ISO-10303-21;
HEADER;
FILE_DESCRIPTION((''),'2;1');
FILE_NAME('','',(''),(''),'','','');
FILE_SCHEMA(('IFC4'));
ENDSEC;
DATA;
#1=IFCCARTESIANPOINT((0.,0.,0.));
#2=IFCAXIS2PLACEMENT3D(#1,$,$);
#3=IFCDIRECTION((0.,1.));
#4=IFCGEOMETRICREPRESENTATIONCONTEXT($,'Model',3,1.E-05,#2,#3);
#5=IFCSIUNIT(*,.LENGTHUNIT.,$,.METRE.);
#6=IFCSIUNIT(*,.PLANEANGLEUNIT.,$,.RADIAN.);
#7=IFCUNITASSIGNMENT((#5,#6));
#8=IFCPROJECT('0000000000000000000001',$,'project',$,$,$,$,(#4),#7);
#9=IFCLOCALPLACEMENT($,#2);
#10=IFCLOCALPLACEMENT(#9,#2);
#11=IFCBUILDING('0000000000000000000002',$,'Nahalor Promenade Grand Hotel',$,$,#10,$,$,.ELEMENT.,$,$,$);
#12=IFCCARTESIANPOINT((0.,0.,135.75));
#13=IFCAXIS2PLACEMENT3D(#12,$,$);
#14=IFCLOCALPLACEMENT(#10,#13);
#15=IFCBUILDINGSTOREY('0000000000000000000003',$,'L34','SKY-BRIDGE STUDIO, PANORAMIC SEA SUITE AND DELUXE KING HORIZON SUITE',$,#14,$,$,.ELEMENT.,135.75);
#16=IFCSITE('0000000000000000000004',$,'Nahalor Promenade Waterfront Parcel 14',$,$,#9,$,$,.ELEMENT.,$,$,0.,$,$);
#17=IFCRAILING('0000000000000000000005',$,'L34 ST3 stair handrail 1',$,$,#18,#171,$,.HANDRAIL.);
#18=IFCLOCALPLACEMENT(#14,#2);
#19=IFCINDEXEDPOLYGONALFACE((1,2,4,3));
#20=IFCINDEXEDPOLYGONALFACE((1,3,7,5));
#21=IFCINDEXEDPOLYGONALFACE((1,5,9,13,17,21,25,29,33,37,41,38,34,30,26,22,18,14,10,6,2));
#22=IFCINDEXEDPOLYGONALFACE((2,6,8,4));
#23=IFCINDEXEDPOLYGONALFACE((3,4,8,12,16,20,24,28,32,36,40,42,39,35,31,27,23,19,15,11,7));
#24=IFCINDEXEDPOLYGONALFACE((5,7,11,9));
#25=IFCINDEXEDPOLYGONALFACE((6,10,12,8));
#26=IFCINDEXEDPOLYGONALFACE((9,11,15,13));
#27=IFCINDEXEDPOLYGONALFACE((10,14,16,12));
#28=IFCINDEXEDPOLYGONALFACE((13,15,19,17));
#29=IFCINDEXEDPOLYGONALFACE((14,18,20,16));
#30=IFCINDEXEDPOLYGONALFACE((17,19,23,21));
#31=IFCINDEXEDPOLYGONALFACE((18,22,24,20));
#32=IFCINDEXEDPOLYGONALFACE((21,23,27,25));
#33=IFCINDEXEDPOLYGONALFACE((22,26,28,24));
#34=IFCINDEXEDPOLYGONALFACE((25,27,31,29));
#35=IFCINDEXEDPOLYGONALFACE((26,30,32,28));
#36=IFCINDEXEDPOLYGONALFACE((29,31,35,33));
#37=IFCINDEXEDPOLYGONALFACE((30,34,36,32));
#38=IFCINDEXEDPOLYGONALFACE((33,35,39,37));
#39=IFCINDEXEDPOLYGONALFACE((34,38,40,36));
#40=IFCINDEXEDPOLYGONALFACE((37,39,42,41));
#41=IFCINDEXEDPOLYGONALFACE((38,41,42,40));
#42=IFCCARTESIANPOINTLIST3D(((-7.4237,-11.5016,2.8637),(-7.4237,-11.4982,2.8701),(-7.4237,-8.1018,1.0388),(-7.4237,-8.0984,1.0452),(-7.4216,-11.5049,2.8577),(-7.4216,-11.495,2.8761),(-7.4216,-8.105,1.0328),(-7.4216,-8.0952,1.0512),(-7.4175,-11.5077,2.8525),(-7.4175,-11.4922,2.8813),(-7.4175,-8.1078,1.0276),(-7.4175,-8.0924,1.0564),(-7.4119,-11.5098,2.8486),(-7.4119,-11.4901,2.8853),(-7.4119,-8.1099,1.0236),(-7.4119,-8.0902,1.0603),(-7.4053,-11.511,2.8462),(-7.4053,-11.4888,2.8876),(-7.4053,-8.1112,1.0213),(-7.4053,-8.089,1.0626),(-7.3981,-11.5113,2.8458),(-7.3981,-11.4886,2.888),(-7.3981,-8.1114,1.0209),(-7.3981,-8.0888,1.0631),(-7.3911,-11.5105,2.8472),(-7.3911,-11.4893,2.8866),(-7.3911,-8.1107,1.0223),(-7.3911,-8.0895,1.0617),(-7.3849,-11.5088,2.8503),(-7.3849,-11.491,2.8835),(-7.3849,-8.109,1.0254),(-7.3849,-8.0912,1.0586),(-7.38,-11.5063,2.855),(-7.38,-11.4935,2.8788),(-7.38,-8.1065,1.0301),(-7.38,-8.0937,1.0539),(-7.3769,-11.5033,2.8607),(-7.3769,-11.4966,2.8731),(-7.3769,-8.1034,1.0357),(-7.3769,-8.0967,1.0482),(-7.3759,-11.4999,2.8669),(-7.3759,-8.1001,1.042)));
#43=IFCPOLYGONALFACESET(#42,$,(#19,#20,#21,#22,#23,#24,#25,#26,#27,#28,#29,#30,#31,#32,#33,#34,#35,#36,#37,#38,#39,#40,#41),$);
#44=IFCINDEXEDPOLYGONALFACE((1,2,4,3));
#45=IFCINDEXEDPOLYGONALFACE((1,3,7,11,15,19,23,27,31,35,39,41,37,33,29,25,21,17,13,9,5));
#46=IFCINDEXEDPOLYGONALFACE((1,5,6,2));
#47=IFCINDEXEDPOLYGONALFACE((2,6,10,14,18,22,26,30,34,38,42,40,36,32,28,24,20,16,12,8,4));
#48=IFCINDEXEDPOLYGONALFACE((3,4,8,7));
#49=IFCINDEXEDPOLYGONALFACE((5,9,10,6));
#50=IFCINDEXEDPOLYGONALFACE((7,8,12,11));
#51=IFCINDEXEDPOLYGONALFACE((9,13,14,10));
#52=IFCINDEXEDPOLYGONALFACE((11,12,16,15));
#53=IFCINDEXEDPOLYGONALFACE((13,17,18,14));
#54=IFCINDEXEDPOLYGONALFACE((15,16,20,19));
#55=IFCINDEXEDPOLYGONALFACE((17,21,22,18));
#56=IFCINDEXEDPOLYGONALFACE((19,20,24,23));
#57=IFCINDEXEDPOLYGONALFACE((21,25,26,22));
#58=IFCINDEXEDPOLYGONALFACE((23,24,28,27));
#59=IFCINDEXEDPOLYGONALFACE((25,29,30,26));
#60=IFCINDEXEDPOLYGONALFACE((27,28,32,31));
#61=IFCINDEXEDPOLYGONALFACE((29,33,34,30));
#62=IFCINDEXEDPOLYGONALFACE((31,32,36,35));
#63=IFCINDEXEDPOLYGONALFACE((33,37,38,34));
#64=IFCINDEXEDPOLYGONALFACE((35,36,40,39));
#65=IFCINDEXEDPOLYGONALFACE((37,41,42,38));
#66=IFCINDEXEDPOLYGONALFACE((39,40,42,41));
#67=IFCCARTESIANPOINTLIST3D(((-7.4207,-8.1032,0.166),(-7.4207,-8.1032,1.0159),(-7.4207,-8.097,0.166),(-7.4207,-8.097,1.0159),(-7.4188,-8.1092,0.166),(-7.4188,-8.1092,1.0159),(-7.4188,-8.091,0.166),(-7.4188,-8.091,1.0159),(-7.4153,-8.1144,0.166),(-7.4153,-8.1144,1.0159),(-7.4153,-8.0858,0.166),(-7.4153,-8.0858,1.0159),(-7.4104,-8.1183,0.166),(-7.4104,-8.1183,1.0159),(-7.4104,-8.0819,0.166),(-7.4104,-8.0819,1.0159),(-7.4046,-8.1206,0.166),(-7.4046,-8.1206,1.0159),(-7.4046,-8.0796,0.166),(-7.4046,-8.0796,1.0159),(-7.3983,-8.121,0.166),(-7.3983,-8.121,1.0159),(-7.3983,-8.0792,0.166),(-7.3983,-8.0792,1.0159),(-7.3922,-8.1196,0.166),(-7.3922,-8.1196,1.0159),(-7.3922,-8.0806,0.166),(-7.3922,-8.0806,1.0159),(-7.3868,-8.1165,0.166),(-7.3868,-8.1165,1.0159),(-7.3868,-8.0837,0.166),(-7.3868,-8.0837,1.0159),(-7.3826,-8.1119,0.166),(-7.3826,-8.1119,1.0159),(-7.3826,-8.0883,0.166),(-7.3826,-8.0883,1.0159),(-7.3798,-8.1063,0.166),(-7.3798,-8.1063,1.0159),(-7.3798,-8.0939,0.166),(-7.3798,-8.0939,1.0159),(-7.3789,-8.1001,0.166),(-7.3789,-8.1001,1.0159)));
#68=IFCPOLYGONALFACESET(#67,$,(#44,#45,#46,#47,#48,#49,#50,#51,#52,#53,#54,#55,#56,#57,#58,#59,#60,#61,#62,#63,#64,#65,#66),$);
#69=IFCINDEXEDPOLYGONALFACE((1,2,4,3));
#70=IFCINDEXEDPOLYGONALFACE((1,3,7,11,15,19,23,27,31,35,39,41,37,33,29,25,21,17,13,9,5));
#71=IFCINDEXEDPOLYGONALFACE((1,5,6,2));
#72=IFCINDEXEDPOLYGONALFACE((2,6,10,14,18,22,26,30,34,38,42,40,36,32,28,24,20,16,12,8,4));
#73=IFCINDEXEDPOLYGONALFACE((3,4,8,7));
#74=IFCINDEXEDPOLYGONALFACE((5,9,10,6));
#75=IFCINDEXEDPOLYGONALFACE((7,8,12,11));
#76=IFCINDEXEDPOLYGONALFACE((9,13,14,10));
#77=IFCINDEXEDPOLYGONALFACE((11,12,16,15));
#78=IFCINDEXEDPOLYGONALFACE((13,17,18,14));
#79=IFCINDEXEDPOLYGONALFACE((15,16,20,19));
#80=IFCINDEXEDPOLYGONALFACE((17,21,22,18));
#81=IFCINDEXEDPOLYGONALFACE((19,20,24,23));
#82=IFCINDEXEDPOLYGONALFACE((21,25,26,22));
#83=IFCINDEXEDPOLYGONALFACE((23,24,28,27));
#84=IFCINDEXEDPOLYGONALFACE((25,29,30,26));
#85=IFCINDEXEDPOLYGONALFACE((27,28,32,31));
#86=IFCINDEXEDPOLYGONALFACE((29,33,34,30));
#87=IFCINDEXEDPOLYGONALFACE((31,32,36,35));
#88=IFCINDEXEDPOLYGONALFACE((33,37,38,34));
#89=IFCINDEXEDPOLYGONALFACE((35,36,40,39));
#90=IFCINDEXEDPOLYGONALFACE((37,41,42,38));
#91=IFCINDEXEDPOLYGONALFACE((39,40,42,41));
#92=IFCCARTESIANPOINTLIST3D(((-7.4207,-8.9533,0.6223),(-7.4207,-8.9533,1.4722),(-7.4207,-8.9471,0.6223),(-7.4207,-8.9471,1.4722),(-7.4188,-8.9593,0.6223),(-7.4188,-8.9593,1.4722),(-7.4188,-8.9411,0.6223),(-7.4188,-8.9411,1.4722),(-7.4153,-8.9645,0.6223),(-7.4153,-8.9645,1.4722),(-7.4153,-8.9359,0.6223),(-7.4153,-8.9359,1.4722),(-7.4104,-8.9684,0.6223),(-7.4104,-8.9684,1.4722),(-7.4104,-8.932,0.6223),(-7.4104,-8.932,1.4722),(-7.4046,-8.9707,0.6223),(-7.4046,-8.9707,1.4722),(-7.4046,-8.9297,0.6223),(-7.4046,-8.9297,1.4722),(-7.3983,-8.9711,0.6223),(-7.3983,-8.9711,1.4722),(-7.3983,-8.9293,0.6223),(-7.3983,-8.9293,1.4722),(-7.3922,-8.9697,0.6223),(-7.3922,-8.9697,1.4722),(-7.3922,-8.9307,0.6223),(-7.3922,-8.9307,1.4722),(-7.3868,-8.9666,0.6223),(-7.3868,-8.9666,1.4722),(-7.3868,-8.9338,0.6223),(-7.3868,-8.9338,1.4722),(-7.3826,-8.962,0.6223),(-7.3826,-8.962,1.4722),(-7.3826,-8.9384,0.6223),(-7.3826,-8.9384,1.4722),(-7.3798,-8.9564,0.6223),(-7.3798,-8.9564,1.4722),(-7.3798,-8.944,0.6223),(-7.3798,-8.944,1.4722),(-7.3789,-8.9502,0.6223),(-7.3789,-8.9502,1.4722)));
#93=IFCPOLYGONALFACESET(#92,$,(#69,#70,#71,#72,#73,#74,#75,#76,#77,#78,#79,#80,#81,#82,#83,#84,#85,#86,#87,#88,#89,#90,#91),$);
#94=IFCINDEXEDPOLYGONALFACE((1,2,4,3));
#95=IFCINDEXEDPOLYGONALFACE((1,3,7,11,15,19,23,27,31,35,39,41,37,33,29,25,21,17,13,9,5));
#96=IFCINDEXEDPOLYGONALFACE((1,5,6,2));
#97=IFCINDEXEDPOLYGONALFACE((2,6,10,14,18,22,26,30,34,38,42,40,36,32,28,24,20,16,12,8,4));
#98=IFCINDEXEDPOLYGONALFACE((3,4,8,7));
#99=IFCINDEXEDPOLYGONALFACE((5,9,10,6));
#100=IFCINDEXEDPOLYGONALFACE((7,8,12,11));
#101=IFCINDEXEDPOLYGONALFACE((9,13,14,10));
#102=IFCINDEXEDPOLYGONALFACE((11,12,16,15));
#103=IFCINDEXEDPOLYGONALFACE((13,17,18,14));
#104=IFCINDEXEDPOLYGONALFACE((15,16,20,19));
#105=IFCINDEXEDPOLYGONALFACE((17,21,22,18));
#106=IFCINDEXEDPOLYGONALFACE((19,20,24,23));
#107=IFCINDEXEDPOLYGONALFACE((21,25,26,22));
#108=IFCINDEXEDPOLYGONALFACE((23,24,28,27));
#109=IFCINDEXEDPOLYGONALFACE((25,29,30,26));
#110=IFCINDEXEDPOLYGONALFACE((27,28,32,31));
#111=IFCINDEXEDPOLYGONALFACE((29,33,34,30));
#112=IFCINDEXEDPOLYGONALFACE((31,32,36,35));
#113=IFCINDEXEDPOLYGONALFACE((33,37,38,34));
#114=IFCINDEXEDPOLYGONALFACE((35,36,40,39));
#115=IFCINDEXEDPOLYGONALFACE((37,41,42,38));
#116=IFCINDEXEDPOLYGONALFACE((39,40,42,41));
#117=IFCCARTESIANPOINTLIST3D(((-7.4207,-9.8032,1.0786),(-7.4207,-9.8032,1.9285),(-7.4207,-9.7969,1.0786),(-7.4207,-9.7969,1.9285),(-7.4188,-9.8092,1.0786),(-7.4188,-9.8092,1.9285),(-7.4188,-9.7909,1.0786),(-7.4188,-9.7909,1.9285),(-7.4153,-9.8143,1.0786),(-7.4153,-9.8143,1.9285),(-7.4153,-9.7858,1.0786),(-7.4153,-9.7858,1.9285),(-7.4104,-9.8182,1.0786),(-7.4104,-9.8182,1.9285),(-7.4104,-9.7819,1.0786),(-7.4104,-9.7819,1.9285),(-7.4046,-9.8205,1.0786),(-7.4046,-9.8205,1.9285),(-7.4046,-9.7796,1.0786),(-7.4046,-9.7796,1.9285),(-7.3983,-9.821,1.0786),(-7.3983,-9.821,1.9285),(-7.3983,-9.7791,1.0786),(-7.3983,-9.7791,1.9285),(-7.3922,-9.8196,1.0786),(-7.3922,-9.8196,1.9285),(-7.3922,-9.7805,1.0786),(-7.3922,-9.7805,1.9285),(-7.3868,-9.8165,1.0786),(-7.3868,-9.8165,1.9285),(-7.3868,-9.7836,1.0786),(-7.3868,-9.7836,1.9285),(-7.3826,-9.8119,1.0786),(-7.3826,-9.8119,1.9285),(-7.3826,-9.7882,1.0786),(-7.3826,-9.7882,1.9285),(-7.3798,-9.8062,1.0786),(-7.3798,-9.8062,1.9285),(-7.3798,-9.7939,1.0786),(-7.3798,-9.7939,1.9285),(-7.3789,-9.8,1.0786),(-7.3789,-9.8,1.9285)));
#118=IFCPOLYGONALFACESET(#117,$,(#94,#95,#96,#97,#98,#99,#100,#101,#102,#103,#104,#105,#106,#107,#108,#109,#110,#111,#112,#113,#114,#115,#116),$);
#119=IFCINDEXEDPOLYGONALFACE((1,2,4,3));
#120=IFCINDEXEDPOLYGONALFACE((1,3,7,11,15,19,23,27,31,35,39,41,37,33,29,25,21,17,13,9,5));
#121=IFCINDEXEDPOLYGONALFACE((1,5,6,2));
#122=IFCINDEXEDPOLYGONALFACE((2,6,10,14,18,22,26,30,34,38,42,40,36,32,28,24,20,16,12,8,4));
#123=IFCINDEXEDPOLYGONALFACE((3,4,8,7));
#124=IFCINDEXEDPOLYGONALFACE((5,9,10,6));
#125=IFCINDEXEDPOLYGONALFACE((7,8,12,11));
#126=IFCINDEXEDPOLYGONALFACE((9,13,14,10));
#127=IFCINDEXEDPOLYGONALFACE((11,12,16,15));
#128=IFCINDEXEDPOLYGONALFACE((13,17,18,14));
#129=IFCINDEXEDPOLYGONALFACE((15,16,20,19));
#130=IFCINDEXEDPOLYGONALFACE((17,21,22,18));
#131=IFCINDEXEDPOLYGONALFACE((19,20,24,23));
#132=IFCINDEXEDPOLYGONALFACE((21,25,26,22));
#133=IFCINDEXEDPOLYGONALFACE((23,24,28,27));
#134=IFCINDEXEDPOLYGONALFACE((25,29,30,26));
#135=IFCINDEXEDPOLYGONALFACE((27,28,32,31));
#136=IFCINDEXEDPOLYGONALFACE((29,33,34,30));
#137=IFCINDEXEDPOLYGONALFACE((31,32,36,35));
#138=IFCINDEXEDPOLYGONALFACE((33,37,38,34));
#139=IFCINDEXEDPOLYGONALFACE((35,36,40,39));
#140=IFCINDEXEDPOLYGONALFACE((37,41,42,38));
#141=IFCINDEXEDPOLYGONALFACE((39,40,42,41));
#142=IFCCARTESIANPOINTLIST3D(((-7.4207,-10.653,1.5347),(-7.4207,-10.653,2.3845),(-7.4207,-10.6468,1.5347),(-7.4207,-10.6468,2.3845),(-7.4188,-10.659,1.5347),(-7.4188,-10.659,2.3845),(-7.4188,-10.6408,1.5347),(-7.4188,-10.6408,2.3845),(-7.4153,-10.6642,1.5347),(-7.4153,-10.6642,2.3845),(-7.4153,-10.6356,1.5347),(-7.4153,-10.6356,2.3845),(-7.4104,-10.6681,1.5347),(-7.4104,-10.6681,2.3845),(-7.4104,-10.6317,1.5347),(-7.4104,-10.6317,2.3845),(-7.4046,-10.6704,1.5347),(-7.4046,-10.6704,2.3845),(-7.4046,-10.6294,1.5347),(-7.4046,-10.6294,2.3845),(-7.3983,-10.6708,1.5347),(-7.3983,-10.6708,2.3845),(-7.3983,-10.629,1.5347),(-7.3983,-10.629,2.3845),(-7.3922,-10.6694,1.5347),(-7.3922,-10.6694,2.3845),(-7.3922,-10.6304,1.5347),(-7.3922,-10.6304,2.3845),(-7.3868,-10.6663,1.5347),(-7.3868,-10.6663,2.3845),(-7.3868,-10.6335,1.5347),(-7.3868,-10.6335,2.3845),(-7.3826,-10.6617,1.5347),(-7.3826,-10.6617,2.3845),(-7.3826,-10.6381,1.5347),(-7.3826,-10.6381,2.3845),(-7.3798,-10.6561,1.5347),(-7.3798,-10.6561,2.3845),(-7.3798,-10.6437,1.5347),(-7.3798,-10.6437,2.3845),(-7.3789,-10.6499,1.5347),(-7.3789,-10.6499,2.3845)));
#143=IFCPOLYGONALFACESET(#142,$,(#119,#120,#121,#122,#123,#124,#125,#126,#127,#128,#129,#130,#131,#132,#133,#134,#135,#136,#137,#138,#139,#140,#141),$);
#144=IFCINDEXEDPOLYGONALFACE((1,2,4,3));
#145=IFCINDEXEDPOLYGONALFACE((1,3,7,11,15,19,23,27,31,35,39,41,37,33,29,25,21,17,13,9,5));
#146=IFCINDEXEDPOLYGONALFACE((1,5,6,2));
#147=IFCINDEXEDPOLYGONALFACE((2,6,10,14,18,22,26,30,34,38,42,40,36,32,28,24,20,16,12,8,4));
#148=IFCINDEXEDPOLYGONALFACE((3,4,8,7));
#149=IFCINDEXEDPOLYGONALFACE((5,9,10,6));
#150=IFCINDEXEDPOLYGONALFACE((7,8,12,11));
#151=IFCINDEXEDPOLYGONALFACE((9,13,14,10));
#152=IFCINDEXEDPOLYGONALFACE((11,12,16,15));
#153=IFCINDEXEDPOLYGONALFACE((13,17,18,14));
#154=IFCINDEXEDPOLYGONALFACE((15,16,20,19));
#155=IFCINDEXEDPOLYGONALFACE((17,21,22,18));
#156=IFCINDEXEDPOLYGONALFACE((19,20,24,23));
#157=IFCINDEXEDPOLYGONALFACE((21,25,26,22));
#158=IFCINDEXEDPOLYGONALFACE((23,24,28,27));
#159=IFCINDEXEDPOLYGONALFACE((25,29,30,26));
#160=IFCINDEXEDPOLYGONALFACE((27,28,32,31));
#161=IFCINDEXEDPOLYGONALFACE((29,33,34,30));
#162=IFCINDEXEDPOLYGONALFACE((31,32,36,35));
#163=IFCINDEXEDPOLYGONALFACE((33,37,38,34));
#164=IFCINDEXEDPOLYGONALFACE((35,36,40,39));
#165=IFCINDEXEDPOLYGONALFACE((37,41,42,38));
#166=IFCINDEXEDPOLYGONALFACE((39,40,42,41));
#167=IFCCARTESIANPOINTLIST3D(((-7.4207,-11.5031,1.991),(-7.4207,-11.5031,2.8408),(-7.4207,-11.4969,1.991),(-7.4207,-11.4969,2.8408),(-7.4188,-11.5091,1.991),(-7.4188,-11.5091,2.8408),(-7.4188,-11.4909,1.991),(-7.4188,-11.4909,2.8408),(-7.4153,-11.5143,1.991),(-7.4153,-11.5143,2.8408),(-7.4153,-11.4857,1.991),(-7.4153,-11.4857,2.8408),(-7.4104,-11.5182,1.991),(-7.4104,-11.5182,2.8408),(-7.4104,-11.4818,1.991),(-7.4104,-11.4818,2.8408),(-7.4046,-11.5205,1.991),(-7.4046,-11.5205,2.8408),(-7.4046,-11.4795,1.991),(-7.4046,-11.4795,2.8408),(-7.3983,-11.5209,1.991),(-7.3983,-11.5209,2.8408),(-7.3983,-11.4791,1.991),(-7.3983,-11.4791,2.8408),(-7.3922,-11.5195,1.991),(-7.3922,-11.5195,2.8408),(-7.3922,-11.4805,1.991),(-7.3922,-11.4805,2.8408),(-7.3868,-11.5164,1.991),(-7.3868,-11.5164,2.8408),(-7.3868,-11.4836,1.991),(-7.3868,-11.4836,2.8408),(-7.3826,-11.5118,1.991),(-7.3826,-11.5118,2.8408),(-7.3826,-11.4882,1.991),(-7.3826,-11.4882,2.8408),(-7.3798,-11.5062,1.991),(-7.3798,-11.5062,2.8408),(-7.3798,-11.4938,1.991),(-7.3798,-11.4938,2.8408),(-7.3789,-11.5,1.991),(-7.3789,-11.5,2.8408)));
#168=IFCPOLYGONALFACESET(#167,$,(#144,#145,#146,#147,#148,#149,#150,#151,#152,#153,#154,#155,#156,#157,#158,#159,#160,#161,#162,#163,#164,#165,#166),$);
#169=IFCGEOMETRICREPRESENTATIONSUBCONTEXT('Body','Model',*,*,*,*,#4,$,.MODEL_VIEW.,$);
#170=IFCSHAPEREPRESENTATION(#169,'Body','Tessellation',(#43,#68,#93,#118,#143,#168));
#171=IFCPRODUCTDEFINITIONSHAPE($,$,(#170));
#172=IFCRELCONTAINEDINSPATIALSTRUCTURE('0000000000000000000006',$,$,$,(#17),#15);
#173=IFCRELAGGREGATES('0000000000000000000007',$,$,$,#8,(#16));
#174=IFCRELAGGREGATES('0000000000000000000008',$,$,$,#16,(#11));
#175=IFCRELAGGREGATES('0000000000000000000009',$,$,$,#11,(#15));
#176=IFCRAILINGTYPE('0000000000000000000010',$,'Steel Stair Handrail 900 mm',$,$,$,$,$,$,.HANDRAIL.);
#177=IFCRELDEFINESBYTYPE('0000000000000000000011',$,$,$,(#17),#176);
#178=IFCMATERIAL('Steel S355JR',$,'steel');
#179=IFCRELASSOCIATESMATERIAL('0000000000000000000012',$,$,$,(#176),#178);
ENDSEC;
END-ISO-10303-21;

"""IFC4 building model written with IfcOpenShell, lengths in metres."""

from ifc_helpers import new_model, si_unit, direction, frame, origin, origin_2d, place, context, subcontext, project, spatial, circle, extrude, material, type_object, element, save


model = new_model("IFC4")

# Units and contexts
model_context = context("Model", 3, precision=1e-05, world=origin(), true_north=direction((0.0, 1.0)))
body_context = subcontext(model_context, "Body", "Model", "MODEL_VIEW")
ifc_project = project(units=[si_unit("LENGTHUNIT", "METRE"), si_unit("PLANEANGLEUNIT", "RADIAN")], contexts=[model_context])

# Site, building, storey
site_placement = place(None, origin())
site = spatial("IfcSite", under=ifc_project, at=site_placement, Name="Nahalor Promenade Waterfront Parcel 14", CompositionType="ELEMENT", RefElevation=0.0)
building_placement = place(site_placement, origin())
building = spatial("IfcBuilding", under=site, at=building_placement, Name="Nahalor Promenade Grand Hotel", CompositionType="ELEMENT")
storey_placement = place(building_placement, frame((0.0, 0.0, 135.75)))
storey = spatial("IfcBuildingStorey", under=building, at=storey_placement, Name="L34", Description="SKY-BRIDGE STUDIO, PANORAMIC SEA SUITE AND DELUXE KING HORIZON SUITE", CompositionType="ELEMENT", Elevation=135.75)

# Shared definitions
ifc_material_1 = material(Name="Steel S355JR", Category="steel")

# Railing
railing_type_1 = type_object("IfcRailingType", Name="Steel Stair Handrail 900 mm", PredefinedType="HANDRAIL", material=ifc_material_1)
railing_1_placement = place(storey_placement, frame((-7.3999, -8.1001, 0.166)))
element("IfcRailing", 1, at=railing_1_placement, inside=storey, type_object=railing_type_1, Name="L34 ST3 stair handrail 1", PredefinedType="HANDRAIL", context=body_context, shape_type="SweptSolid", body=[
    extrude(circle(Radius=0.024, at=origin_2d()), frame((0.0, 0.0, 0.876), z_axis=(0.0, -0.881094, 0.472941), x_axis=(1.0, 0.0, 0.0)), (0.0, 0.0, 1.0), 3.8586),
    extrude(circle(Radius=0.021, at=origin_2d()), origin(), (0.0, 0.0, 1.0), 0.8499),
    extrude(circle(Radius=0.021, at=origin_2d()), frame((0.0, -0.8501, 0.4563)), (0.0, 0.0, 1.0), 0.8499),
    extrude(circle(Radius=0.021, at=origin_2d()), frame((0.0, -1.7, 0.9126)), (0.0, 0.0, 1.0), 0.8499),
    extrude(circle(Radius=0.021, at=origin_2d()), frame((0.0, -2.5498, 1.3687)), (0.0, 0.0, 1.0), 0.8499),
    extrude(circle(Radius=0.021, at=origin_2d()), frame((0.0, -3.3999, 1.825)), (0.0, 0.0, 1.0), 0.8499),
])

save(model, "model.ifc")
